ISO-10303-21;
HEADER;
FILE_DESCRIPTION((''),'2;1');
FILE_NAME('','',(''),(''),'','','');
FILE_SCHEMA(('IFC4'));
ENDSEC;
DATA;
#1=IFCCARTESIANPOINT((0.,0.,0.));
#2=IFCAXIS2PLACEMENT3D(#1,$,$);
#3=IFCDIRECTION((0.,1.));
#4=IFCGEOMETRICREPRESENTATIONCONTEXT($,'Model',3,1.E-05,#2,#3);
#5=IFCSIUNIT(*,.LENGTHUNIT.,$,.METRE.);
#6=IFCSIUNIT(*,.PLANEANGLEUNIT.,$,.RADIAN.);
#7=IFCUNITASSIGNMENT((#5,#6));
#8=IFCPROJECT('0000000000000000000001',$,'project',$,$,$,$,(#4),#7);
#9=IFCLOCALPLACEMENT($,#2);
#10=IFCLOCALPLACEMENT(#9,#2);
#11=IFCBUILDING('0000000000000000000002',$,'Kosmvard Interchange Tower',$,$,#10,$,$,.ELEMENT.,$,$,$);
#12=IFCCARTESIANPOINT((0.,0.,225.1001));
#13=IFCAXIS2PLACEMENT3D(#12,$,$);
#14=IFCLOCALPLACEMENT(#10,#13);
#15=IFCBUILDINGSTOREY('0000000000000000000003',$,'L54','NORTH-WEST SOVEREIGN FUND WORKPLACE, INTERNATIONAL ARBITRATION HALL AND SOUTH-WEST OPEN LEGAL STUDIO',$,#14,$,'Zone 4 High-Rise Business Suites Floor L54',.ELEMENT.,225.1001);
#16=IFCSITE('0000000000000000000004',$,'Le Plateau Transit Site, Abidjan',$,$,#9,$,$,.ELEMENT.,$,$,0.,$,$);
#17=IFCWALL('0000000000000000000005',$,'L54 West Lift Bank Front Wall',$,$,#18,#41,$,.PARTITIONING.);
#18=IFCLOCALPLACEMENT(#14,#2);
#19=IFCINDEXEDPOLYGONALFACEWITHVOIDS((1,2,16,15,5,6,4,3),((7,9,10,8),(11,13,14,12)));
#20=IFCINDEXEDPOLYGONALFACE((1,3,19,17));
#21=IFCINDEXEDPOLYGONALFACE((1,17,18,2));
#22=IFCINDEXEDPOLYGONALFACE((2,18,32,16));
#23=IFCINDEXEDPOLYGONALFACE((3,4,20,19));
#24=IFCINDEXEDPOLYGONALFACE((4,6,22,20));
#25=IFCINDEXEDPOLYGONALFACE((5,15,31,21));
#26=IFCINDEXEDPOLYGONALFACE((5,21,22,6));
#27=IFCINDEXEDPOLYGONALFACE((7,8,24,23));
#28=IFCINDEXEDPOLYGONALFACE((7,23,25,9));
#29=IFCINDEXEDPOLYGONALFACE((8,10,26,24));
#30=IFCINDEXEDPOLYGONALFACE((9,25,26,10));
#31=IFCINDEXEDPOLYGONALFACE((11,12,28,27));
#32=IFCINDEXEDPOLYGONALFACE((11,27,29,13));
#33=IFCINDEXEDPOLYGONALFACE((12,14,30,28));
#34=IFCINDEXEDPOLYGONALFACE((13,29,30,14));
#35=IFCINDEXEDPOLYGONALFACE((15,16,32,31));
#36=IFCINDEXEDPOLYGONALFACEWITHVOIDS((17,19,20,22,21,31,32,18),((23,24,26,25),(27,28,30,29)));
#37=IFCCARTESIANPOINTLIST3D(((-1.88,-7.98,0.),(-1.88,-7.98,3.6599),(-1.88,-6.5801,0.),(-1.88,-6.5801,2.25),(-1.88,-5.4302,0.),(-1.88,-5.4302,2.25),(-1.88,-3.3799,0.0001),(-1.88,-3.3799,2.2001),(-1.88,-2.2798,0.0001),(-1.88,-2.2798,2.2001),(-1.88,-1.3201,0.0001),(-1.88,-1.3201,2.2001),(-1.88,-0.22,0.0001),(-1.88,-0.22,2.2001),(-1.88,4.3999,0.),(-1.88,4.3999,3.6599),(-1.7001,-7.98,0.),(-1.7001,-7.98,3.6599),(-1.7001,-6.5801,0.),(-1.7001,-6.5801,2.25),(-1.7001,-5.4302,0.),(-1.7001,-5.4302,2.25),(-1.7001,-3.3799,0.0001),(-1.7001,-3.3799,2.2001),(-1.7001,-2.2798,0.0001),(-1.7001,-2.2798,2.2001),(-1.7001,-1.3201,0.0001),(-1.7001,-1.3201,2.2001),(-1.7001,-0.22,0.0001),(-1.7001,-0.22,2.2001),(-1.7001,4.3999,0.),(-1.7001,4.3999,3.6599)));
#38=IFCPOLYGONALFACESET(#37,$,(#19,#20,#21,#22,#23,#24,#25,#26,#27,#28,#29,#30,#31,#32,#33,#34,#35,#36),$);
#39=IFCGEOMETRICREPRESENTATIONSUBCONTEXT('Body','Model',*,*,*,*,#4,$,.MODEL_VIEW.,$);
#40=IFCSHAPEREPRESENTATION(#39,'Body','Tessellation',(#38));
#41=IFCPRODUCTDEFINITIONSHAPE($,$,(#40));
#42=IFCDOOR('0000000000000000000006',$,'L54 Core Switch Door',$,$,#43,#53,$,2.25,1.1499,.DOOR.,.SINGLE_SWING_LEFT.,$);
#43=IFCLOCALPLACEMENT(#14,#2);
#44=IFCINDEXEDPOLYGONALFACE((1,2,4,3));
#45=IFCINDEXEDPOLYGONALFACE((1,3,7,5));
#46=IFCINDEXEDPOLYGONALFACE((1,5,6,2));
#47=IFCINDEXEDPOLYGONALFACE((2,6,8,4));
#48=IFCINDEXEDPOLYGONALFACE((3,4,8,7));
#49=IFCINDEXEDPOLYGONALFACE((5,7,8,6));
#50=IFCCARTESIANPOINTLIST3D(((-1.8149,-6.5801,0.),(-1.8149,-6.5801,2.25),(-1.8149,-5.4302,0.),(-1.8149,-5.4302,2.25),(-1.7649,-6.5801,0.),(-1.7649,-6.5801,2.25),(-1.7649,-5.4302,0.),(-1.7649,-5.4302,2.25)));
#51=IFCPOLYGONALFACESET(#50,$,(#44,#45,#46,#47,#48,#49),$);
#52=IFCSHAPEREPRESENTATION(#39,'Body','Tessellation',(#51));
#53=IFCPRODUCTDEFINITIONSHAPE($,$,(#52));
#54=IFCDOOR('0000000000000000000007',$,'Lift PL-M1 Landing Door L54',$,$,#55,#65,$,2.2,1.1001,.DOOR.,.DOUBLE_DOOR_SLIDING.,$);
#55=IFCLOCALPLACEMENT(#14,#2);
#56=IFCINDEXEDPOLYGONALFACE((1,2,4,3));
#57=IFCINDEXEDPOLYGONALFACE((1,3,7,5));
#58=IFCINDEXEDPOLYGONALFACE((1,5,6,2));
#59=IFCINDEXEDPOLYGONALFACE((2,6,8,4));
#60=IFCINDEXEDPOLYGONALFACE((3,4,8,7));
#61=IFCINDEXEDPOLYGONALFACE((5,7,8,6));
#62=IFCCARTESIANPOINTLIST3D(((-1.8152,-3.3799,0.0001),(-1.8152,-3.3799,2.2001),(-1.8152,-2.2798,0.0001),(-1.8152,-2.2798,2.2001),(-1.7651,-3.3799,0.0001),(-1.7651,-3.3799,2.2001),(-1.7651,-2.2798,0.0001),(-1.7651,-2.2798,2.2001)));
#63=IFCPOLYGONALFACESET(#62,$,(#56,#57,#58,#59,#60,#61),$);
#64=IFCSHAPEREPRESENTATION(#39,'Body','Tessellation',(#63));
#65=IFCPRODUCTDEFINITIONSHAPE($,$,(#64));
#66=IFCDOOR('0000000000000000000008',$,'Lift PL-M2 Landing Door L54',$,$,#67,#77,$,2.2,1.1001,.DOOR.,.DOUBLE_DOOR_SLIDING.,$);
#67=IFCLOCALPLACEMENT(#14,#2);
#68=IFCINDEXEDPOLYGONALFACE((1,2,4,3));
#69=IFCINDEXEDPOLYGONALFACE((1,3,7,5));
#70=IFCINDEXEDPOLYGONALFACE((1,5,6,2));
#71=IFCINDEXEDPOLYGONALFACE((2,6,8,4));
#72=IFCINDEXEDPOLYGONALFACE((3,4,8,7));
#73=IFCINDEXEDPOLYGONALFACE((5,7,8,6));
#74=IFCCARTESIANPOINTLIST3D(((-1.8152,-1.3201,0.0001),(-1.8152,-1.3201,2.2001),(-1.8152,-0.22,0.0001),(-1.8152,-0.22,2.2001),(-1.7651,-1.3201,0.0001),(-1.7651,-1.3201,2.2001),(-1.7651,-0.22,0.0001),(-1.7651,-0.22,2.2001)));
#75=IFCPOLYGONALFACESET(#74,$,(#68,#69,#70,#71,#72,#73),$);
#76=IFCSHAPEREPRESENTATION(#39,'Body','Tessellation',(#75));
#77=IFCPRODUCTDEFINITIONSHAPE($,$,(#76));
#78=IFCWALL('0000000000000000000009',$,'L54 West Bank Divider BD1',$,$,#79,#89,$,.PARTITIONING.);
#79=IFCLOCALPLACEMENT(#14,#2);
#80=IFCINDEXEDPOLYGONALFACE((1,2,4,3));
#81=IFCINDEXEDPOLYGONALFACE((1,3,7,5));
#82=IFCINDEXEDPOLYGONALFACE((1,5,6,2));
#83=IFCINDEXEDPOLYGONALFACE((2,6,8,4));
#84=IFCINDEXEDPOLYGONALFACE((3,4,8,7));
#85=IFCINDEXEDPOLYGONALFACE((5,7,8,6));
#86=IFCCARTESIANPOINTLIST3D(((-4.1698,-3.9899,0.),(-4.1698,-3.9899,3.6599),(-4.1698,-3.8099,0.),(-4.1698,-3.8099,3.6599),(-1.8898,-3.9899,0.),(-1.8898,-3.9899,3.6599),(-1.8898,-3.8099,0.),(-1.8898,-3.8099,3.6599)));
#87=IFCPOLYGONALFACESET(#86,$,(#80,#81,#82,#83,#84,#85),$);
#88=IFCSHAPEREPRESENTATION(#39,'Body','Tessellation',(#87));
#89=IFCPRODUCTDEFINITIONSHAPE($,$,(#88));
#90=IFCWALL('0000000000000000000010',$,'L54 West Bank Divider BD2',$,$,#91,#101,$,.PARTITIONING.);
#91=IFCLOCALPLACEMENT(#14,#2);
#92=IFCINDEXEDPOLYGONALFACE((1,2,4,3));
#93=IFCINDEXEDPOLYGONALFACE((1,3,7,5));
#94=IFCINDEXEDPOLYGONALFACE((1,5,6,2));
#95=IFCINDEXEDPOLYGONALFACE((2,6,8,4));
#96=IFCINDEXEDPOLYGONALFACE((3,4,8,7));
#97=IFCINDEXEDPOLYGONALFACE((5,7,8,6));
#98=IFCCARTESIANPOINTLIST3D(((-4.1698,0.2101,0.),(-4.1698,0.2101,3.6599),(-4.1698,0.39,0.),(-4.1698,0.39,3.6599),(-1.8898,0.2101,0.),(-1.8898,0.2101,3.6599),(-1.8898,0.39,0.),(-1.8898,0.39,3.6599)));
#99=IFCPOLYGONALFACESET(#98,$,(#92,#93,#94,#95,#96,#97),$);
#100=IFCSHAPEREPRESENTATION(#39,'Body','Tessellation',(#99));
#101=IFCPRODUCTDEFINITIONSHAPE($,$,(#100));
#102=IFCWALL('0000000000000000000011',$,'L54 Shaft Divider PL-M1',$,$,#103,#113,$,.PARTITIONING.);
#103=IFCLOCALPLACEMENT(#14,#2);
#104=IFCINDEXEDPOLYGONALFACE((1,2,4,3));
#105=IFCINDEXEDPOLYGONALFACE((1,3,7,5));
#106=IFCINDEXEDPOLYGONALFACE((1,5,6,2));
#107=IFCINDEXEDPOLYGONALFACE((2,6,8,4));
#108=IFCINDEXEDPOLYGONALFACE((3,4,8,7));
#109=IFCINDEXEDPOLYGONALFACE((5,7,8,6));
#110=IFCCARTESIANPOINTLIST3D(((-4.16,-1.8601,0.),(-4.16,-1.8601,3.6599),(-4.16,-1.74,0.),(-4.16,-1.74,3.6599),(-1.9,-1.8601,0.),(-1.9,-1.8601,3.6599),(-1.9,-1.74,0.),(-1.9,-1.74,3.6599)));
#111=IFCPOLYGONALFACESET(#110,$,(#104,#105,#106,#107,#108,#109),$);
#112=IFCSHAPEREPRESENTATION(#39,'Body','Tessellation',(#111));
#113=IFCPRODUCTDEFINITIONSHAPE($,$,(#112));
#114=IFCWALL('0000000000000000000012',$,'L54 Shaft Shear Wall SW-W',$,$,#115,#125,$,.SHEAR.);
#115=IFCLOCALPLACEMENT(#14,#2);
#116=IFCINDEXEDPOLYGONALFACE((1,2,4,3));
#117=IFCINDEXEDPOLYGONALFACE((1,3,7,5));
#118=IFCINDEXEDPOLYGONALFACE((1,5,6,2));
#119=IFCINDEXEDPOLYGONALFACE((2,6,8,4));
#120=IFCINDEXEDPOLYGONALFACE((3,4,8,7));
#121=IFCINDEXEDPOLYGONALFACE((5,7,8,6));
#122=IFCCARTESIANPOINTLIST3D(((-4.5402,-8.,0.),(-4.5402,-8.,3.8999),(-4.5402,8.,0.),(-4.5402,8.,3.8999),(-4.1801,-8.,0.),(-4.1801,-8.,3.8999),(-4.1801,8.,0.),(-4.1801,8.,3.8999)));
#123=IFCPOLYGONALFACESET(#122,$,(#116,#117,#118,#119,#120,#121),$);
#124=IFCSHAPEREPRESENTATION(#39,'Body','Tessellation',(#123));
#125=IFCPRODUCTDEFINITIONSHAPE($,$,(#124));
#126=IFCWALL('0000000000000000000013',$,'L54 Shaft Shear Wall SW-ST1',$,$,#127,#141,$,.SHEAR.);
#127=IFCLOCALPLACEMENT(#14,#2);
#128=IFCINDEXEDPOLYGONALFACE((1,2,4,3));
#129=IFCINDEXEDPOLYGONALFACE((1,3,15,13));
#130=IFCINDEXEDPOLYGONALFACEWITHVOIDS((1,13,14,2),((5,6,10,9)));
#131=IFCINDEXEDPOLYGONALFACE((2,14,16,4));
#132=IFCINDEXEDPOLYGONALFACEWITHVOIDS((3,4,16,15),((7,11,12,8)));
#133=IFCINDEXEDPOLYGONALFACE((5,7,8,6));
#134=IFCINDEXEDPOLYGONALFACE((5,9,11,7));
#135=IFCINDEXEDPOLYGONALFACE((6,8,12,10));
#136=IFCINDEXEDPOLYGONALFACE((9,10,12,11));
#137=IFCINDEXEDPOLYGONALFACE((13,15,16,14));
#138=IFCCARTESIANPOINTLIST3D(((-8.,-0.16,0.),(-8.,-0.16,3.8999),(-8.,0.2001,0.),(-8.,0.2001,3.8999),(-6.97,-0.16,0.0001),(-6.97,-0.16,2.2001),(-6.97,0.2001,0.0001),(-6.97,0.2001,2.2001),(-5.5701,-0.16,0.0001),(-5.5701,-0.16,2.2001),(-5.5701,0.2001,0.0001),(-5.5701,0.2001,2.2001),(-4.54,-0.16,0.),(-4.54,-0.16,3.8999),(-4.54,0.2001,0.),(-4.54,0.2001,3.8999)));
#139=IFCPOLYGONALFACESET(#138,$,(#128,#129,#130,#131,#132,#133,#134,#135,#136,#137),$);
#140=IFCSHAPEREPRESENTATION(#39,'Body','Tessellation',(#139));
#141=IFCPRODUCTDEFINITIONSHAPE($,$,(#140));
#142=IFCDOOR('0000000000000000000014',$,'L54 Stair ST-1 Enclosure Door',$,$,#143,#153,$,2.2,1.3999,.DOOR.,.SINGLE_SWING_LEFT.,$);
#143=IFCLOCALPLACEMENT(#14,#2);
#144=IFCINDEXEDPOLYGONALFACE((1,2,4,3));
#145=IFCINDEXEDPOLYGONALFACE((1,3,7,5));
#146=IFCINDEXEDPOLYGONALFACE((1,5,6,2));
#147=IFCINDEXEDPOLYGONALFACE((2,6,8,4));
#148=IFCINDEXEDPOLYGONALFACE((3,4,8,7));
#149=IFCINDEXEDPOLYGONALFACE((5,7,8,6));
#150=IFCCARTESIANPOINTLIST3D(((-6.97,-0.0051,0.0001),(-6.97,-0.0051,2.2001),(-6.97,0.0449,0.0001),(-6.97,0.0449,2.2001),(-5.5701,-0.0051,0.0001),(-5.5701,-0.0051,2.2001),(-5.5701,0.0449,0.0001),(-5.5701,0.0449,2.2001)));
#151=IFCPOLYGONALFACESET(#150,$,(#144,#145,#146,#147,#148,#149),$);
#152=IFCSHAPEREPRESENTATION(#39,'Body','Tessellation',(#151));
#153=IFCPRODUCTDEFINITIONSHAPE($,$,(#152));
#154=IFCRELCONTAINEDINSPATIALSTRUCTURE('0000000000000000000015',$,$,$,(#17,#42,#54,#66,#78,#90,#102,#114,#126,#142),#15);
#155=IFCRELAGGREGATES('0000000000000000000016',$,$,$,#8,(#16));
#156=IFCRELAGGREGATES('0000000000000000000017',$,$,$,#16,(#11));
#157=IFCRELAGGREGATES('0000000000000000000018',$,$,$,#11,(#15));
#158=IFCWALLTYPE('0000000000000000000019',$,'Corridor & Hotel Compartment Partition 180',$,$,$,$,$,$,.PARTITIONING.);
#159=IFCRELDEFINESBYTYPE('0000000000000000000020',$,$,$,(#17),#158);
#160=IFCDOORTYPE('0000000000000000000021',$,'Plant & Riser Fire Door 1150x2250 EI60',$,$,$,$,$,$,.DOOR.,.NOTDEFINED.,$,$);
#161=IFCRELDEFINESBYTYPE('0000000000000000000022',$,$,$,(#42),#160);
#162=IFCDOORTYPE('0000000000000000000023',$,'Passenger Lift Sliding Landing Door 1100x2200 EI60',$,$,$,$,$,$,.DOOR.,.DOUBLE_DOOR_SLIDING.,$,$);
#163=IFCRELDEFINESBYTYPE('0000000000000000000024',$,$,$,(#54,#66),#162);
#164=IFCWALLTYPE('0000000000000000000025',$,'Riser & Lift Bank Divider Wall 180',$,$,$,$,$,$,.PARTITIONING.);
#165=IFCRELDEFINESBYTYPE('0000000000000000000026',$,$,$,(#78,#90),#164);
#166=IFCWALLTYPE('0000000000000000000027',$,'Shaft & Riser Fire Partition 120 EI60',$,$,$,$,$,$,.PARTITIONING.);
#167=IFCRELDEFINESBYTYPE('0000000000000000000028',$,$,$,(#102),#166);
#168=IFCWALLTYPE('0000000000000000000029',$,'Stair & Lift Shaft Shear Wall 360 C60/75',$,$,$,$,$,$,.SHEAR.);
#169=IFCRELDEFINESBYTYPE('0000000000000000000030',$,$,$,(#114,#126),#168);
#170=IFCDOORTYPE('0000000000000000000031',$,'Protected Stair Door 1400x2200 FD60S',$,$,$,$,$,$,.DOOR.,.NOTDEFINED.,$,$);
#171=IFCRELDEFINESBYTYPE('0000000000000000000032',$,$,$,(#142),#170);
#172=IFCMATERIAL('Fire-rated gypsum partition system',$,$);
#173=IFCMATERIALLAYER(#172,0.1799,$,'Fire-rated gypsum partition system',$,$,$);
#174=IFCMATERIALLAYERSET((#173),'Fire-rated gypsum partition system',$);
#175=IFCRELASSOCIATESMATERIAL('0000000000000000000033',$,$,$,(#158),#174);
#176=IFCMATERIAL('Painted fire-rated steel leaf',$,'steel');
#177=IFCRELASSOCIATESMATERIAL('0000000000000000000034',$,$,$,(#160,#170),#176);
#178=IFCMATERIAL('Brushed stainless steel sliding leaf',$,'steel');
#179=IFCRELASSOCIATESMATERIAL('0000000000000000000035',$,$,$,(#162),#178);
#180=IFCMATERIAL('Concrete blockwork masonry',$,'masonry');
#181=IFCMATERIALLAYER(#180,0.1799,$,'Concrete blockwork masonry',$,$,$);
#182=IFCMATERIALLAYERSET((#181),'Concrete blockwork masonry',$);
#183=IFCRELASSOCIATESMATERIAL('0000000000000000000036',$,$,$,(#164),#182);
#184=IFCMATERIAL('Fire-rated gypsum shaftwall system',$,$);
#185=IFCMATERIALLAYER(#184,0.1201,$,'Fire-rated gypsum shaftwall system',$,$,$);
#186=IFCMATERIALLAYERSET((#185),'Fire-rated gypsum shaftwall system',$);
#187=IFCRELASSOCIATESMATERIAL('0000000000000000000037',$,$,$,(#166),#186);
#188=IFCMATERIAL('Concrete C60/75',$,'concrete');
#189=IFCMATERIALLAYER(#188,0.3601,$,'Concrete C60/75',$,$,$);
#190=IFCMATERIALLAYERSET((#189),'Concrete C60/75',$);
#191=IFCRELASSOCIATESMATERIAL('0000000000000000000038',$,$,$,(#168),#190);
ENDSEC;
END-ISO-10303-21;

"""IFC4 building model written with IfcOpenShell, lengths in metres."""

from ifc_helpers import new_model, si_unit, direction, frame, frame_2d, origin, place, context, subcontext, project, spatial, rectangle, extrude, source, transform, mapped, material, layer, layer_set, type_object, element, fill, save


model = new_model("IFC4")

# Units and contexts
model_context = context("Model", 3, precision=1e-05, world=origin(), true_north=direction((0.0, 1.0)))
body_context = subcontext(model_context, "Body", "Model", "MODEL_VIEW")
ifc_project = project(units=[si_unit("LENGTHUNIT", "METRE"), si_unit("PLANEANGLEUNIT", "RADIAN")], contexts=[model_context])

# Site, building, storey
site_placement = place(None, origin())
site = spatial("IfcSite", under=ifc_project, at=site_placement, Name="Le Plateau Transit Site, Abidjan", CompositionType="ELEMENT", RefElevation=0.0)
building_placement = place(site_placement, origin())
building = spatial("IfcBuilding", under=site, at=building_placement, Name="Kosmvard Interchange Tower", CompositionType="ELEMENT")
storey_placement = place(building_placement, frame((0.0, 0.0, 225.1001)))
storey = spatial("IfcBuildingStorey", under=building, at=storey_placement, Name="L54", Description="NORTH-WEST SOVEREIGN FUND WORKPLACE, INTERNATIONAL ARBITRATION HALL AND SOUTH-WEST OPEN LEGAL STUDIO", LongName="Zone 4 High-Rise Business Suites Floor L54", CompositionType="ELEMENT", Elevation=225.1001)

# Shared definitions
ifc_material_1 = material(Name="Concrete C60/75", Category="concrete")

# Wall, openings, doors
ifc_material_2 = material(Name="Fire-rated gypsum partition system")
ifc_layer_1 = layer(ifc_material_2, 0.1799, Name="Fire-rated gypsum partition system")
ifc_layer_set_1 = layer_set([ifc_layer_1], Name="Fire-rated gypsum partition system")
wall_type_1 = type_object("IfcWallType", Name="Corridor & Hotel Compartment Partition 180", PredefinedType="PARTITIONING", material=ifc_layer_set_1)
wall_1_placement = place(storey_placement, frame((-1.79, -7.98, 0.0), z_axis=(0.0, 0.0, 1.0), x_axis=(0.0, 1.0, 0.0)))
wall_1 = element("IfcWall", 1, at=wall_1_placement, inside=storey, type_object=wall_type_1, Name="L54 West Lift Bank Front Wall", PredefinedType="PARTITIONING", context=body_context, shape_type="SweptSolid", body=[
    extrude(rectangle(XDim=12.3799, YDim=0.1799, at=frame_2d((6.1899, 0.0))), origin(), (0.0, 0.0, 1.0), 3.6599),
])
opening_1_placement = place(wall_1_placement, frame((4.6001, 0.0, 0.0)))
opening_1 = element("IfcOpeningElement", 2, at=opening_1_placement, cuts=wall_1, PredefinedType="OPENING", context=body_context, shape_type="SweptSolid", body=[
    extrude(rectangle(XDim=1.1001, YDim=2.2, at=frame_2d((0.55, 1.1001))), frame((0.0, 0.1001, 0.0), z_axis=(0.0, -1.0, 0.0), x_axis=(1.0, 0.0, 0.0)), (0.0, 0.0, 1.0), 0.2),
])
opening_2_placement = place(wall_1_placement, frame((6.6599, 0.0, 0.0)))
opening_2 = element("IfcOpeningElement", 3, at=opening_2_placement, cuts=wall_1, PredefinedType="OPENING", context=body_context, shape_type="SweptSolid", body=[
    extrude(rectangle(XDim=1.1001, YDim=2.2, at=frame_2d((0.55, 1.1001))), frame((0.0, 0.1001, 0.0), z_axis=(0.0, -1.0, 0.0), x_axis=(1.0, 0.0, 0.0)), (0.0, 0.0, 1.0), 0.2),
])
opening_3_placement = place(wall_1_placement, frame((1.3999, 0.0, 0.0)))
opening_3 = element("IfcOpeningElement", 4, at=opening_3_placement, cuts=wall_1, PredefinedType="OPENING", context=body_context, shape_type="SweptSolid", body=[
    extrude(rectangle(XDim=1.1499, YDim=2.25, at=frame_2d((0.575, 1.125))), frame((0.0, 0.1001, 0.0), z_axis=(0.0, -1.0, 0.0), x_axis=(1.0, 0.0, 0.0)), (0.0, 0.0, 1.0), 0.2),
])
ifc_material_3 = material(Name="Painted fire-rated steel leaf", Category="steel")
door_type_1 = type_object("IfcDoorType", Name="Plant & Riser Fire Door 1150x2250 EI60", OperationType="NOTDEFINED", PredefinedType="DOOR", material=ifc_material_3)
shared_shape_1 = source(origin(), body_context, "Body", "SweptSolid", [
    extrude(rectangle(XDim=1.1499, YDim=2.25, at=frame_2d((0.575, 1.125))), frame((0.0, 0.0249, 0.0), z_axis=(0.0, -1.0, 0.0), x_axis=(1.0, 0.0, 0.0)), (0.0, 0.0, 1.0), 0.05),
])
door_1_placement = place(opening_3_placement, origin())
door_1 = element("IfcDoor", 5, at=door_1_placement, inside=storey, type_object=door_type_1, Name="L54 Core Switch Door", OperationType="SINGLE_SWING_LEFT", OverallHeight=2.25, OverallWidth=1.1499, PredefinedType="DOOR", context=body_context, shape_type="MappedRepresentation", body=[
    mapped(shared_shape_1, transform((0.0, 0.0, 0.0), scale=1.0)),
])
fill(opening_3, door_1)
ifc_material_4 = material(Name="Brushed stainless steel sliding leaf", Category="steel")
door_type_2 = type_object("IfcDoorType", Name="Passenger Lift Sliding Landing Door 1100x2200 EI60", OperationType="DOUBLE_DOOR_SLIDING", PredefinedType="DOOR", material=ifc_material_4)
shared_shape_2 = source(origin(), body_context, "Body", "SweptSolid", [
    extrude(rectangle(XDim=1.1001, YDim=2.2, at=frame_2d((0.55, 1.1001))), frame((0.0, 0.0249, 0.0), z_axis=(0.0, -1.0, 0.0), x_axis=(1.0, 0.0, 0.0)), (0.0, 0.0, 1.0), 0.05),
])
door_2_placement = place(opening_1_placement, frame((1.1001, 0.0, 0.0), z_axis=(0.0, 0.0, 1.0), x_axis=(-1.0, 0.0, 0.0)))
door_2 = element("IfcDoor", 6, at=door_2_placement, inside=storey, type_object=door_type_2, Name="Lift PL-M1 Landing Door L54", OperationType="DOUBLE_DOOR_SLIDING", OverallHeight=2.2, OverallWidth=1.1001, PredefinedType="DOOR", context=body_context, shape_type="MappedRepresentation", body=[
    mapped(shared_shape_2, transform((0.0, 0.0, 0.0), scale=1.0)),
])
fill(opening_1, door_2)
door_3_placement = place(opening_2_placement, frame((1.1001, 0.0, 0.0), z_axis=(0.0, 0.0, 1.0), x_axis=(-1.0, 0.0, 0.0)))
door_3 = element("IfcDoor", 7, at=door_3_placement, inside=storey, type_object=door_type_2, Name="Lift PL-M2 Landing Door L54", OperationType="DOUBLE_DOOR_SLIDING", OverallHeight=2.2, OverallWidth=1.1001, PredefinedType="DOOR", context=body_context, shape_type="MappedRepresentation", body=[
    mapped(shared_shape_2, transform((0.0, 0.0, 0.0), scale=1.0)),
])
fill(opening_2, door_3)

# Walls
ifc_material_5 = material(Name="Concrete blockwork masonry", Category="masonry")
ifc_layer_2 = layer(ifc_material_5, 0.1799, Name="Concrete blockwork masonry")
ifc_layer_set_2 = layer_set([ifc_layer_2], Name="Concrete blockwork masonry")
wall_type_2 = type_object("IfcWallType", Name="Riser & Lift Bank Divider Wall 180", PredefinedType="PARTITIONING", material=ifc_layer_set_2)
for number, where, z_axis, x_axis, name in (
    (8, (-4.1699, -3.8999, 0.0), (0.0, 0.0, 1.0), (1.0, 0.0, 0.0), "L54 West Bank Divider BD1"),
    (9, (-4.1699, 0.3, 0.0), (0.0, 0.0, 1.0), (1.0, 0.0, 0.0), "L54 West Bank Divider BD2"),
):
    element("IfcWall", number, at=place(storey_placement, frame(where, z_axis=z_axis, x_axis=x_axis)), inside=storey, type_object=wall_type_2, Name=name, PredefinedType="PARTITIONING", context=body_context, shape_type="SweptSolid", body=[
        extrude(rectangle(XDim=2.28, YDim=0.1799, at=frame_2d((1.1401, 0.0))), origin(), (0.0, 0.0, 1.0), 3.6599),
    ])
ifc_material_6 = material(Name="Fire-rated gypsum shaftwall system")
ifc_layer_3 = layer(ifc_material_6, 0.1201, Name="Fire-rated gypsum shaftwall system")
ifc_layer_set_3 = layer_set([ifc_layer_3], Name="Fire-rated gypsum shaftwall system")
wall_type_3 = type_object("IfcWallType", Name="Shaft & Riser Fire Partition 120 EI60", PredefinedType="PARTITIONING", material=ifc_layer_set_3)
wall_2_placement = place(storey_placement, frame((-4.1599, -1.8, 0.0), z_axis=(0.0, 0.0, 1.0), x_axis=(1.0, 0.0, 0.0)))
element("IfcWall", 10, at=wall_2_placement, inside=storey, type_object=wall_type_3, Name="L54 Shaft Divider PL-M1", PredefinedType="PARTITIONING", context=body_context, shape_type="SweptSolid", body=[
    extrude(rectangle(XDim=2.26, YDim=0.1201, at=frame_2d((1.1299, 0.0))), origin(), (0.0, 0.0, 1.0), 3.6599),
])
ifc_layer_4 = layer(ifc_material_1, 0.3601, Name="Concrete C60/75")
ifc_layer_set_4 = layer_set([ifc_layer_4], Name="Concrete C60/75")
wall_type_4 = type_object("IfcWallType", Name="Stair & Lift Shaft Shear Wall 360 C60/75", PredefinedType="SHEAR", material=ifc_layer_set_4)
wall_3_placement = place(storey_placement, frame((-4.3601, -8.0, 0.0), z_axis=(0.0, 0.0, 1.0), x_axis=(0.0, 1.0, 0.0)))
element("IfcWall", 11, at=wall_3_placement, inside=storey, type_object=wall_type_4, Name="L54 Shaft Shear Wall SW-W", PredefinedType="SHEAR", context=body_context, shape_type="SweptSolid", body=[
    extrude(rectangle(XDim=16.0, YDim=0.3601, at=frame_2d((8.0, 0.0))), origin(), (0.0, 0.0, 1.0), 3.8999),
])

# Wall, opening, door
wall_4_placement = place(storey_placement, frame((-8.0, 0.02, 0.0), z_axis=(0.0, 0.0, 1.0), x_axis=(1.0, 0.0, 0.0)))
wall_4 = element("IfcWall", 12, at=wall_4_placement, inside=storey, type_object=wall_type_4, Name="L54 Shaft Shear Wall SW-ST1", PredefinedType="SHEAR", context=body_context, shape_type="SweptSolid", body=[
    extrude(rectangle(XDim=3.46, YDim=0.3601, at=frame_2d((1.73, 0.0))), origin(), (0.0, 0.0, 1.0), 3.8999),
])
opening_4_placement = place(wall_4_placement, frame((1.03, 0.0, 0.0)))
opening_4 = element("IfcOpeningElement", 13, at=opening_4_placement, cuts=wall_4, PredefinedType="OPENING", context=body_context, shape_type="SweptSolid", body=[
    extrude(rectangle(XDim=1.3999, YDim=2.2, at=frame_2d((0.7, 1.1001))), frame((0.0, 0.1899, 0.0), z_axis=(0.0, -1.0, 0.0), x_axis=(1.0, 0.0, 0.0)), (0.0, 0.0, 1.0), 0.3801),
])
door_type_3 = type_object("IfcDoorType", Name="Protected Stair Door 1400x2200 FD60S", OperationType="NOTDEFINED", PredefinedType="DOOR", material=ifc_material_3)
shared_shape_3 = source(origin(), body_context, "Body", "SweptSolid", [
    extrude(rectangle(XDim=1.3999, YDim=2.2, at=frame_2d((0.7, 1.1001))), frame((0.0, 0.0249, 0.0), z_axis=(0.0, -1.0, 0.0), x_axis=(1.0, 0.0, 0.0)), (0.0, 0.0, 1.0), 0.05),
])
door_4_placement = place(opening_4_placement, origin())
door_4 = element("IfcDoor", 14, at=door_4_placement, inside=storey, type_object=door_type_3, Name="L54 Stair ST-1 Enclosure Door", OperationType="SINGLE_SWING_LEFT", OverallHeight=2.2, OverallWidth=1.3999, PredefinedType="DOOR", context=body_context, shape_type="MappedRepresentation", body=[
    mapped(shared_shape_3, transform((0.0, 0.0, 0.0), scale=1.0)),
])
fill(opening_4, door_4)

save(model, "model.ifc")
